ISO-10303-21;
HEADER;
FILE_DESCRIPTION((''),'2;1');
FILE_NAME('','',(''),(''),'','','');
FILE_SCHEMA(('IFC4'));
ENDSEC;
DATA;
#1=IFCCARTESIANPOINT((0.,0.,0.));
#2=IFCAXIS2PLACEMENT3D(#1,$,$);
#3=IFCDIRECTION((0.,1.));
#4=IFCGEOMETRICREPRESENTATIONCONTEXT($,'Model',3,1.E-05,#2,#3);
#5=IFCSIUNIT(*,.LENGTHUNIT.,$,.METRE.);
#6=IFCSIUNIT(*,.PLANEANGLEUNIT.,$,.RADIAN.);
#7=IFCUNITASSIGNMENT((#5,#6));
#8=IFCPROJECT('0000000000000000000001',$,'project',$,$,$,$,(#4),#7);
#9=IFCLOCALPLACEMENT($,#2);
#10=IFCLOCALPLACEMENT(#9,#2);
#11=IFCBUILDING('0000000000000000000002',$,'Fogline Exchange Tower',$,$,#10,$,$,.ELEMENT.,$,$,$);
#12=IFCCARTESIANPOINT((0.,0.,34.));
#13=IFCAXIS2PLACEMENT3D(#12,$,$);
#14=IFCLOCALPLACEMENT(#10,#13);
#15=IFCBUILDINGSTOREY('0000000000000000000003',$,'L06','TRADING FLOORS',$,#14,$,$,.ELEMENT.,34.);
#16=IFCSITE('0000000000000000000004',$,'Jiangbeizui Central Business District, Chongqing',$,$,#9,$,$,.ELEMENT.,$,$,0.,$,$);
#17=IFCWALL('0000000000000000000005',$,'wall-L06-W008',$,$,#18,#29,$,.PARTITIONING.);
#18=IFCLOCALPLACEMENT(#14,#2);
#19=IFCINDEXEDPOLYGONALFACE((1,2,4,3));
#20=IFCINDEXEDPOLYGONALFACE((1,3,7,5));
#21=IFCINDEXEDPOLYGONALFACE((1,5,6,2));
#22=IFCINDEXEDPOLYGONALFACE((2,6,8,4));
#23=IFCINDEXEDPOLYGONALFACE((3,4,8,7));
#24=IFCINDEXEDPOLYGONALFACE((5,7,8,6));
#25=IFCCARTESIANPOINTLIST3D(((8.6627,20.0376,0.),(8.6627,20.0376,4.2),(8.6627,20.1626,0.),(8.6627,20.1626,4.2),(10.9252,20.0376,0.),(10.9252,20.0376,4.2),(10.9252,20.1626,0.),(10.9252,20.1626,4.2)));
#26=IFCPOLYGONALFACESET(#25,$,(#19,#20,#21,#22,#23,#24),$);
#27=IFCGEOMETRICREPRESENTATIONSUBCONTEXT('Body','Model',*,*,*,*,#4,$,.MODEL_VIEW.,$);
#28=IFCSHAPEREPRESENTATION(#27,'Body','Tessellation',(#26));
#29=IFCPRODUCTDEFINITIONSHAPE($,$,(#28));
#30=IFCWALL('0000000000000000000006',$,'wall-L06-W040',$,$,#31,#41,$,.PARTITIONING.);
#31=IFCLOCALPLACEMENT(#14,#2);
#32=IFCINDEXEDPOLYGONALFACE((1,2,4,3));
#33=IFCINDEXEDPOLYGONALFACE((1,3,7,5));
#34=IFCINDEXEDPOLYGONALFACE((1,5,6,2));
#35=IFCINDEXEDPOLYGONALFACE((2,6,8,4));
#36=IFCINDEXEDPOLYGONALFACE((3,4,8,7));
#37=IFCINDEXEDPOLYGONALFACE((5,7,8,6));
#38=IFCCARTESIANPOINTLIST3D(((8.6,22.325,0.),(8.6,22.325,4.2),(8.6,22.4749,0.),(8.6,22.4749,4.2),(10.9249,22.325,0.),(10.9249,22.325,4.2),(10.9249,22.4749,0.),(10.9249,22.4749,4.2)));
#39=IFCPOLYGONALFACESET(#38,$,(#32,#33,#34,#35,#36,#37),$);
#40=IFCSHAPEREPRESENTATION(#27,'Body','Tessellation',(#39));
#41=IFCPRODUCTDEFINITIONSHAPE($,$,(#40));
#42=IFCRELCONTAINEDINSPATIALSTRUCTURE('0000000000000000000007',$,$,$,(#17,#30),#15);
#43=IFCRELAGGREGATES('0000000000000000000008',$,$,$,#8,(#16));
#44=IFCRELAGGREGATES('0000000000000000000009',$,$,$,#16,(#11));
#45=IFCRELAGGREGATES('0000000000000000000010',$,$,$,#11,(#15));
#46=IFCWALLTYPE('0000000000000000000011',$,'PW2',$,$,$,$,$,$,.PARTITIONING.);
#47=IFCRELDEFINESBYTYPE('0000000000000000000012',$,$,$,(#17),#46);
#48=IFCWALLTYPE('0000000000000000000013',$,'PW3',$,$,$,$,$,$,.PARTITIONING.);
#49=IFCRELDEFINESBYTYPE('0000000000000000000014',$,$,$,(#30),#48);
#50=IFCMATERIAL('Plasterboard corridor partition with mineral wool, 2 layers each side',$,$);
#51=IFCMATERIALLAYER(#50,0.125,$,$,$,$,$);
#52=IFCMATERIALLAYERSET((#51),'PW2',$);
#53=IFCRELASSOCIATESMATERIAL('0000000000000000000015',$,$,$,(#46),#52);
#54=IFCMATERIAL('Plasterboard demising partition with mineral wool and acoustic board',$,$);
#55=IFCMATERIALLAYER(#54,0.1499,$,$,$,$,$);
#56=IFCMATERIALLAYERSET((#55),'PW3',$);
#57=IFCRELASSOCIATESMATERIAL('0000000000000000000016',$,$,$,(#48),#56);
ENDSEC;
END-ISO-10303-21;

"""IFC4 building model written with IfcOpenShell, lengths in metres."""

from ifc_helpers import new_model, si_unit, direction, frame, frame_2d, origin, place, context, subcontext, project, spatial, rectangle, extrude, material, layer, layer_set, type_object, element, save


model = new_model("IFC4")

# Units and contexts
model_context = context("Model", 3, precision=1e-05, world=origin(), true_north=direction((0.0, 1.0)))
body_context = subcontext(model_context, "Body", "Model", "MODEL_VIEW")
ifc_project = project(units=[si_unit("LENGTHUNIT", "METRE"), si_unit("PLANEANGLEUNIT", "RADIAN")], contexts=[model_context])

# Site, building, storey
site_placement = place(None, origin())
site = spatial("IfcSite", under=ifc_project, at=site_placement, Name="Jiangbeizui Central Business District, Chongqing", CompositionType="ELEMENT", RefElevation=0.0)
building_placement = place(site_placement, origin())
building = spatial("IfcBuilding", under=site, at=building_placement, Name="Fogline Exchange Tower", CompositionType="ELEMENT")
storey_placement = place(building_placement, frame((0.0, 0.0, 34.0)))
storey = spatial("IfcBuildingStorey", under=building, at=storey_placement, Name="L06", Description="TRADING FLOORS", CompositionType="ELEMENT", Elevation=34.0)

# Shared definitions
ifc_material_1 = material(Name="Plasterboard corridor partition with mineral wool, 2 layers each side")
ifc_layer_1 = layer(ifc_material_1, 0.125)
ifc_layer_set_1 = layer_set([ifc_layer_1], Name="PW2")
wall_type_1 = type_object("IfcWallType", Name="PW2", PredefinedType="PARTITIONING", material=ifc_layer_set_1)

# Walls
wall_1_placement = place(storey_placement, frame((8.6626, 20.1001, 0.0), z_axis=(0.0, 0.0, 1.0), x_axis=(1.0, 0.0, 0.0)))
element("IfcWall", 1, at=wall_1_placement, inside=storey, type_object=wall_type_1, Name="wall-L06-W008", PredefinedType="PARTITIONING", context=body_context, shape_type="SweptSolid", body=[
    extrude(rectangle(XDim=2.2625, YDim=0.125, at=frame_2d((1.1313, 0.0))), origin(), (0.0, 0.0, 1.0), 4.2),
])
ifc_material_2 = material(Name="Plasterboard demising partition with mineral wool and acoustic board")
ifc_layer_2 = layer(ifc_material_2, 0.1499)
ifc_layer_set_2 = layer_set([ifc_layer_2], Name="PW3")
wall_type_2 = type_object("IfcWallType", Name="PW3", PredefinedType="PARTITIONING", material=ifc_layer_set_2)
wall_2_placement = place(storey_placement, frame((10.925, 22.3999, 0.0), z_axis=(0.0, 0.0, 1.0), x_axis=(-1.0, 0.0, 0.0)))
element("IfcWall", 2, at=wall_2_placement, inside=storey, type_object=wall_type_2, Name="wall-L06-W040", PredefinedType="PARTITIONING", context=body_context, shape_type="SweptSolid", body=[
    extrude(rectangle(XDim=2.325, YDim=0.1499, at=frame_2d((1.1626, 0.0))), origin(), (0.0, 0.0, 1.0), 4.2),
])

save(model, "model.ifc")
